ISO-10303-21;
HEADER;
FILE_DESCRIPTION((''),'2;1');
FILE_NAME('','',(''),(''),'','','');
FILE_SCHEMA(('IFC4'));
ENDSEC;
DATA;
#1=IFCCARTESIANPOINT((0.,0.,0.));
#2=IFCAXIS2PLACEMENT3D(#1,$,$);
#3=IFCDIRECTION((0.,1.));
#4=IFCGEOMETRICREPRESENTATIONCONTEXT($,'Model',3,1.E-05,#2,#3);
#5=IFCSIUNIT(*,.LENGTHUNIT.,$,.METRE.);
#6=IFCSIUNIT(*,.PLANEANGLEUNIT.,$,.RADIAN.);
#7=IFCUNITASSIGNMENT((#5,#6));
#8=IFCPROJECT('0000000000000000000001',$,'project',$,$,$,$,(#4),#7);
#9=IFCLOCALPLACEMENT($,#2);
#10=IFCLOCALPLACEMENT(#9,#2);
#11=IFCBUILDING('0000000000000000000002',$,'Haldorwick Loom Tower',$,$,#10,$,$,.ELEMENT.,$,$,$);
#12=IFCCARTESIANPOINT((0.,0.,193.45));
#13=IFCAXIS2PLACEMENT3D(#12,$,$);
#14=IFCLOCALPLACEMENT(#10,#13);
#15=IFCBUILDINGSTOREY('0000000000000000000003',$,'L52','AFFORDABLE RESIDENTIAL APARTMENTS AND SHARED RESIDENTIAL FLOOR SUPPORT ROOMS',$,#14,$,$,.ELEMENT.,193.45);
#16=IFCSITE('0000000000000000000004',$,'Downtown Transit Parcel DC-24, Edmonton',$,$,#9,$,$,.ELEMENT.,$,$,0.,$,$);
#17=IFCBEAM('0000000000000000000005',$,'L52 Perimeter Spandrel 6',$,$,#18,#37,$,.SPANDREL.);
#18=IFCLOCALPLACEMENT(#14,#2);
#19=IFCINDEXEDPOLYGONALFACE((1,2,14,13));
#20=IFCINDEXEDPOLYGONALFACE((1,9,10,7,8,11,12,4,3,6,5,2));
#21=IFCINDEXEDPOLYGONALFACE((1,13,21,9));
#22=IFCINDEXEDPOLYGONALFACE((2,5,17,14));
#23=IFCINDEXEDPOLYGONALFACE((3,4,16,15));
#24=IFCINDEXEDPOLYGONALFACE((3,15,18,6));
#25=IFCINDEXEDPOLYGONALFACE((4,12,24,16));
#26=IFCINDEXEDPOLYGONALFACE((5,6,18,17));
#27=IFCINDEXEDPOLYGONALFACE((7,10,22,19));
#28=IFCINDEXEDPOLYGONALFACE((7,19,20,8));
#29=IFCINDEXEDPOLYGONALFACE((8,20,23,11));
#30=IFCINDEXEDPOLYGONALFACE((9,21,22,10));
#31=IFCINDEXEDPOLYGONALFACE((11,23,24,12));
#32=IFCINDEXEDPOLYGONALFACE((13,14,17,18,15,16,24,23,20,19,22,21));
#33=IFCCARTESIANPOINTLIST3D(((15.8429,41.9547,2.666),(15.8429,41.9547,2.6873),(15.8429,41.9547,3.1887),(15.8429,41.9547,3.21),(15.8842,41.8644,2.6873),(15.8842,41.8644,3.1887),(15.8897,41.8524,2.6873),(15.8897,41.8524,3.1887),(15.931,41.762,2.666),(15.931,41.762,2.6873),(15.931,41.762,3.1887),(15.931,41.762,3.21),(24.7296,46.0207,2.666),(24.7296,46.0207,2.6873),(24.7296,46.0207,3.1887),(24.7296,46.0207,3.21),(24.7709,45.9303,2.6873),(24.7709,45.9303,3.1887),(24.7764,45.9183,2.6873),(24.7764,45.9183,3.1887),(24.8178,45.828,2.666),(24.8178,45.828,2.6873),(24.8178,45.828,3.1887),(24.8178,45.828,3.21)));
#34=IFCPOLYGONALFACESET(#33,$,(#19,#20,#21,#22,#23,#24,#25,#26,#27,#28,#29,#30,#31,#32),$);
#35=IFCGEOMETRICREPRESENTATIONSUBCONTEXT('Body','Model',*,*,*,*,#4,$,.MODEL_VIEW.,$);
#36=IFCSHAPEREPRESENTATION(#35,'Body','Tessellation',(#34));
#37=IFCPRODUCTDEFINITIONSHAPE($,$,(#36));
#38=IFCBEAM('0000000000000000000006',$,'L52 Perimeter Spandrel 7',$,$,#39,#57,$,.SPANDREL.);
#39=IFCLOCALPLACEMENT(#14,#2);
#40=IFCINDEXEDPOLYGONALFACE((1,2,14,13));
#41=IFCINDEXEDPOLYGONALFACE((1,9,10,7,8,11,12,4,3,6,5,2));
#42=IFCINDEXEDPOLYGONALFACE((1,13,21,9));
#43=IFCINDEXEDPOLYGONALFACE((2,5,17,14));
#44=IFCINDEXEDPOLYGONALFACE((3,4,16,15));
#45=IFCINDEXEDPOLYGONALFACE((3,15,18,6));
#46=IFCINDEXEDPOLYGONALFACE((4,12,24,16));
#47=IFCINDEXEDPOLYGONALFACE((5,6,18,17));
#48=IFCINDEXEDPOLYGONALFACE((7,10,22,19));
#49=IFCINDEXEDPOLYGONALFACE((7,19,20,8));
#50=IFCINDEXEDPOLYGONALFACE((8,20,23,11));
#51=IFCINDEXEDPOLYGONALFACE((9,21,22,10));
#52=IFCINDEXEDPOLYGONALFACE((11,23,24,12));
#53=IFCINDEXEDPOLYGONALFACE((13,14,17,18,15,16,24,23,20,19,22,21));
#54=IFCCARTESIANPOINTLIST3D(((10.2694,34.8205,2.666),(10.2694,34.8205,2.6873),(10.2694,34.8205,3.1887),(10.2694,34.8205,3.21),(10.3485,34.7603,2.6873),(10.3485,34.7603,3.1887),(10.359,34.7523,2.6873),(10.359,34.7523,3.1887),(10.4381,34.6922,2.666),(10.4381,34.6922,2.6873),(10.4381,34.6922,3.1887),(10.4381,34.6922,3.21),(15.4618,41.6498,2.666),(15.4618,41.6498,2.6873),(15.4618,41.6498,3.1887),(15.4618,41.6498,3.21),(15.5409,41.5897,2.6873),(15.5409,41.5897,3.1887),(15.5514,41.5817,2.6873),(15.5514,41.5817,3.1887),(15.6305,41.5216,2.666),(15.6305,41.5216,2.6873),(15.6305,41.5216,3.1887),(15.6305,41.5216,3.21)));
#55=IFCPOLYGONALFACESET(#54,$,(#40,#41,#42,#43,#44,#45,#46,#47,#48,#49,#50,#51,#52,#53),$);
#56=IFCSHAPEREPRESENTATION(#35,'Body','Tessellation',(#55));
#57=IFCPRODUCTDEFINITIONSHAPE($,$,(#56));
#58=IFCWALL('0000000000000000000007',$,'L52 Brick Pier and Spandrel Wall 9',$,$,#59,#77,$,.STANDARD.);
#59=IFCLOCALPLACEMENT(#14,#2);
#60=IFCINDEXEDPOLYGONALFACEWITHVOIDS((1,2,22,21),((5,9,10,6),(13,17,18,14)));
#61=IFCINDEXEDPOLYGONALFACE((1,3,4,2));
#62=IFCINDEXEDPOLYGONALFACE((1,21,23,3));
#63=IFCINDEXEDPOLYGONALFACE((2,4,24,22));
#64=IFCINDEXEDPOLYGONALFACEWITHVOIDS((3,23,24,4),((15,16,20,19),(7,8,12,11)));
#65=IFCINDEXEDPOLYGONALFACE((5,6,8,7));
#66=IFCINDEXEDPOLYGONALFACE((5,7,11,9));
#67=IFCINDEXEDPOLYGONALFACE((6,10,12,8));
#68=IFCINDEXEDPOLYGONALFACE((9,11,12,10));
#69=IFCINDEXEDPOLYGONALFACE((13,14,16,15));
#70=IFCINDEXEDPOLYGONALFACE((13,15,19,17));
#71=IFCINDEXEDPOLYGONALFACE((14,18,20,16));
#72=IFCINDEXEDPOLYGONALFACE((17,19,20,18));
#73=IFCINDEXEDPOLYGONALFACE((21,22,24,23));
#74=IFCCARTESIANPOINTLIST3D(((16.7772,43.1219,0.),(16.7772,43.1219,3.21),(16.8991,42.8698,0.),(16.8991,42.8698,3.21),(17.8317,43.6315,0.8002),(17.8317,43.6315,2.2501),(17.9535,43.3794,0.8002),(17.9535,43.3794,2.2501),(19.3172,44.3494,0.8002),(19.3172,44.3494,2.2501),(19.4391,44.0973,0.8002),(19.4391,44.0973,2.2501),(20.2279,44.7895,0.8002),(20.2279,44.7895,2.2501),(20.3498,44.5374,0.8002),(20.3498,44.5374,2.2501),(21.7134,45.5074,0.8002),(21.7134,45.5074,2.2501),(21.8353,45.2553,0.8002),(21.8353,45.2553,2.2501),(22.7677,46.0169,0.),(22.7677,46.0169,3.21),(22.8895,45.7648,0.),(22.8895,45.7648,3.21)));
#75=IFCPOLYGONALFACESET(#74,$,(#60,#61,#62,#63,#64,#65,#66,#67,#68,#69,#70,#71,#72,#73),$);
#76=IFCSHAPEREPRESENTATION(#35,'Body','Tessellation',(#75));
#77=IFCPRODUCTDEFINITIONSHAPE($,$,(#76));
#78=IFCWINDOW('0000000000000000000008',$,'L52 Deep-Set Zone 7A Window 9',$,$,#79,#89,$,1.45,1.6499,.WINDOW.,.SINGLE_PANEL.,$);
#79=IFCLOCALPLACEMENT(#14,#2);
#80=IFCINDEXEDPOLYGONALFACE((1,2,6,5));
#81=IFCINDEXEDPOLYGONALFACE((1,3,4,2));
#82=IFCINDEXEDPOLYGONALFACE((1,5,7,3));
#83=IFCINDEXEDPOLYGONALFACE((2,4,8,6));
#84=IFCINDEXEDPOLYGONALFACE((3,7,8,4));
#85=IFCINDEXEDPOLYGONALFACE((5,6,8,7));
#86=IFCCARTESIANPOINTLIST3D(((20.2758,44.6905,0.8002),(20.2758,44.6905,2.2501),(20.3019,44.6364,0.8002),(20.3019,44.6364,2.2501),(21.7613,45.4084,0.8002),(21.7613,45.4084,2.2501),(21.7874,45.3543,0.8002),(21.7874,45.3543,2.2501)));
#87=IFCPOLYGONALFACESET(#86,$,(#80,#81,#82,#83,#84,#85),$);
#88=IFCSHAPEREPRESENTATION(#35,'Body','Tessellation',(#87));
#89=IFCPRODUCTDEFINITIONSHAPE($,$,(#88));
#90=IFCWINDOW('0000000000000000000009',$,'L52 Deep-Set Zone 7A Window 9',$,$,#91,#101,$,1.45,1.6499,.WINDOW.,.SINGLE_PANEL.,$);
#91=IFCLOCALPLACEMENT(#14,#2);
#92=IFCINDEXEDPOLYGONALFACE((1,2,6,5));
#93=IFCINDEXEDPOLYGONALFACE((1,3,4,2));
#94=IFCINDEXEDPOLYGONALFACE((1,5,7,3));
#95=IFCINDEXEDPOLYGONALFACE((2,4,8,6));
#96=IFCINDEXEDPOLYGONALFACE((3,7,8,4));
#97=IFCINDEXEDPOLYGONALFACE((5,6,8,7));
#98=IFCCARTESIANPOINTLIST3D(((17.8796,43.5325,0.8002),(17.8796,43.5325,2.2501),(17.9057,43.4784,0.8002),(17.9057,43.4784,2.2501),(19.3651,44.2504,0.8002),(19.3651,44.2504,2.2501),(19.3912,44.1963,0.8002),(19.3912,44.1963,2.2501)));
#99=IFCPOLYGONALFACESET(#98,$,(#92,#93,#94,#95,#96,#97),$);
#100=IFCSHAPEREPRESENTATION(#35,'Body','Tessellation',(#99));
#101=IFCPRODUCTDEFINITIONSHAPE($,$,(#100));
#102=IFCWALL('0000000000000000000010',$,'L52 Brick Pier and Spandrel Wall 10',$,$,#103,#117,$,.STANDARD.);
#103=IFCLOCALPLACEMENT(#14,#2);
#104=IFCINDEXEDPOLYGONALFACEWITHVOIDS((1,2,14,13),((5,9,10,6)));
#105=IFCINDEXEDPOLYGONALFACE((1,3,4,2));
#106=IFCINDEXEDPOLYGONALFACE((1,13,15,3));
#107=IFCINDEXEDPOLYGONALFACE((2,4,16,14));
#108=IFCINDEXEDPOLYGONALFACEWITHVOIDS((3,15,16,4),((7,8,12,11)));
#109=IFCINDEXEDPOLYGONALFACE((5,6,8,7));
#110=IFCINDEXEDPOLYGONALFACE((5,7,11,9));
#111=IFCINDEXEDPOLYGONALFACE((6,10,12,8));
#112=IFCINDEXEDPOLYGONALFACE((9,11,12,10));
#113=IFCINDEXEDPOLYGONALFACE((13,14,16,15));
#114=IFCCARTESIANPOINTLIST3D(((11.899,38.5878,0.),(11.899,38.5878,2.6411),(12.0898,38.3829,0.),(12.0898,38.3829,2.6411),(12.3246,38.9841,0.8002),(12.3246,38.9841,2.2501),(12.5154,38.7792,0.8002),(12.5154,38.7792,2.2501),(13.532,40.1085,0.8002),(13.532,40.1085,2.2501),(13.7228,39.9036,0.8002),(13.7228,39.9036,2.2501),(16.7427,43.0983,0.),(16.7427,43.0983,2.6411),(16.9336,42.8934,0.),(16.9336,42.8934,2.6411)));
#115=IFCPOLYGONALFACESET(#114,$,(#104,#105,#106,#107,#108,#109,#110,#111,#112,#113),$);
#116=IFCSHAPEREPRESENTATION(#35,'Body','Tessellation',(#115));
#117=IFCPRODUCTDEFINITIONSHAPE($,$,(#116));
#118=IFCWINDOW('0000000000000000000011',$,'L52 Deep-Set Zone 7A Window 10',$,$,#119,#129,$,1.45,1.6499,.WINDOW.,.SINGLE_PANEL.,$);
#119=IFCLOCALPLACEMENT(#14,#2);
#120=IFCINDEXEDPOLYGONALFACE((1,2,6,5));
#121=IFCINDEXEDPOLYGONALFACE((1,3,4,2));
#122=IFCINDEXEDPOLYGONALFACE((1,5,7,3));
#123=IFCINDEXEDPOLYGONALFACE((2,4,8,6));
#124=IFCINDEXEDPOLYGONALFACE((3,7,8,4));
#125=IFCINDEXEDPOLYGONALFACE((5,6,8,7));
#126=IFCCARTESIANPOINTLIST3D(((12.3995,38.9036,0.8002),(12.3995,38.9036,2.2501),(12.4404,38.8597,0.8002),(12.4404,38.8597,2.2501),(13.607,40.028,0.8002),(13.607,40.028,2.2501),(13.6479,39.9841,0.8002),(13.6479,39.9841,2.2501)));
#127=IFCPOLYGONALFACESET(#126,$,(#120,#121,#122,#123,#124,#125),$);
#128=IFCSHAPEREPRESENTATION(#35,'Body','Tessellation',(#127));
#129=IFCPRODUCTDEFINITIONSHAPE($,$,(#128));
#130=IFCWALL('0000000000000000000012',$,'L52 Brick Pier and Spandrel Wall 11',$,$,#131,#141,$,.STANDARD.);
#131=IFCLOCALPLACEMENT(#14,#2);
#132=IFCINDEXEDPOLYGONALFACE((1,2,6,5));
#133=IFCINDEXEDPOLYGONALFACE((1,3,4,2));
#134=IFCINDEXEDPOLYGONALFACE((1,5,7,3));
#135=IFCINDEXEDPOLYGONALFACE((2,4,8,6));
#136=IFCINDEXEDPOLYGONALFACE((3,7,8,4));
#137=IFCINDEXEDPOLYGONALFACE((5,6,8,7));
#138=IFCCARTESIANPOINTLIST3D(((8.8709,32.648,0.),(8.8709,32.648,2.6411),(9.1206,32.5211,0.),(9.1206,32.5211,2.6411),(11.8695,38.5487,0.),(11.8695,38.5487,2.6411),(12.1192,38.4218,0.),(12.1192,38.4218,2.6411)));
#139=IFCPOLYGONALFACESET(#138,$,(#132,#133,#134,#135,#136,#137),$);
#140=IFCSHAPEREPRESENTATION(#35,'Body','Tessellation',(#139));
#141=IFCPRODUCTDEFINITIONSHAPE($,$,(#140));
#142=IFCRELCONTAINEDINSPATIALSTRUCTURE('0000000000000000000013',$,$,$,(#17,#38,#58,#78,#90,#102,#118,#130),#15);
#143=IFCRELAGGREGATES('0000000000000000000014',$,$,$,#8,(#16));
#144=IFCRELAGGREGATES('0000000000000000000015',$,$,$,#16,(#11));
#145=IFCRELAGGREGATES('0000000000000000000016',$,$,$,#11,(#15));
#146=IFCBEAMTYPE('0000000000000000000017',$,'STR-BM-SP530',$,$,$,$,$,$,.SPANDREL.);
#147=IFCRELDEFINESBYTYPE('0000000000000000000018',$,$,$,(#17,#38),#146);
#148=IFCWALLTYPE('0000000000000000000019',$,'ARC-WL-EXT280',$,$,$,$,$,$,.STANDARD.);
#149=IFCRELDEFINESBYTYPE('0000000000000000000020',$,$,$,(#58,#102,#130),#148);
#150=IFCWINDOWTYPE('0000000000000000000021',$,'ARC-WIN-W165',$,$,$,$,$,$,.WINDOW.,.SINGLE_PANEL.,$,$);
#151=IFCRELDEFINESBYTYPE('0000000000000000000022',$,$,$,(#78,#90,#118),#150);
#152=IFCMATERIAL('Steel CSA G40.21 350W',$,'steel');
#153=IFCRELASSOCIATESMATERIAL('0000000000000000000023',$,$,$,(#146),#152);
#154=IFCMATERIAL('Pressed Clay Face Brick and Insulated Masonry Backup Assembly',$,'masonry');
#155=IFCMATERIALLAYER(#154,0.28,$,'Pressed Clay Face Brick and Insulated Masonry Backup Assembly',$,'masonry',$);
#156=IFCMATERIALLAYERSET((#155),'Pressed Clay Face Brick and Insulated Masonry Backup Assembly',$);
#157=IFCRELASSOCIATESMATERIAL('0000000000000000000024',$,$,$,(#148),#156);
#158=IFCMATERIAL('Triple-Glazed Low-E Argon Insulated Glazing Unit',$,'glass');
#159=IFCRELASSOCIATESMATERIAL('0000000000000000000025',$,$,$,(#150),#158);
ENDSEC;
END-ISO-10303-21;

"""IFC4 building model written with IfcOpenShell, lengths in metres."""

from ifc_helpers import new_model, si_unit, direction, frame, frame_2d, origin, origin_2d, place, context, subcontext, project, spatial, rectangle, i_section, extrude, material, layer, layer_set, material_profile, profile_set, type_object, element, fill, save


model = new_model("IFC4")

# Units and contexts
model_context = context("Model", 3, precision=1e-05, world=origin(), true_north=direction((0.0, 1.0)))
body_context = subcontext(model_context, "Body", "Model", "MODEL_VIEW")
ifc_project = project(units=[si_unit("LENGTHUNIT", "METRE"), si_unit("PLANEANGLEUNIT", "RADIAN")], contexts=[model_context])

# Site, building, storey
site_placement = place(None, origin())
site = spatial("IfcSite", under=ifc_project, at=site_placement, Name="Downtown Transit Parcel DC-24, Edmonton", CompositionType="ELEMENT", RefElevation=0.0)
building_placement = place(site_placement, origin())
building = spatial("IfcBuilding", under=site, at=building_placement, Name="Haldorwick Loom Tower", CompositionType="ELEMENT")
storey_placement = place(building_placement, frame((0.0, 0.0, 193.45)))
storey = spatial("IfcBuildingStorey", under=building, at=storey_placement, Name="L52", Description="AFFORDABLE RESIDENTIAL APARTMENTS AND SHARED RESIDENTIAL FLOOR SUPPORT ROOMS", CompositionType="ELEMENT", Elevation=193.45)

# Shared definitions
ifc_material_1 = material(Name="Steel CSA G40.21 350W", Category="steel")

# Beams
ifc_material_profile_1 = material_profile(ifc_material_1, i_section(OverallWidth=0.2119, OverallDepth=0.5439, WebThickness=0.0132, FlangeThickness=0.0212, at=origin_2d()), Name="W530X123", Category="steel")
ifc_profile_set_1 = profile_set([ifc_material_profile_1], Name="Steel CSA G40.21 350W")
beam_type_1 = type_object("IfcBeamType", Name="STR-BM-SP530", PredefinedType="SPANDREL", material=ifc_profile_set_1)
beam_1_placement = place(storey_placement, frame((24.7737, 45.9243, 2.938), z_axis=(-0.909342, -0.416049, 0.0), x_axis=(0.416049, -0.909342, 0.0)))
element("IfcBeam", 1, at=beam_1_placement, inside=storey, type_object=beam_type_1, Name="L52 Perimeter Spandrel 6", PredefinedType="SPANDREL", context=body_context, shape_type="SweptSolid", body=[
    extrude(i_section(OverallWidth=0.2119, OverallDepth=0.5439, WebThickness=0.0132, FlangeThickness=0.0212, at=origin_2d()), origin(), (0.0, 0.0, 1.0), 9.7727),
])
beam_2_placement = place(storey_placement, frame((15.5461, 41.5857, 2.938), z_axis=(-0.605237, -0.796045, 0.0), x_axis=(0.796045, -0.605237, 0.0)))
element("IfcBeam", 2, at=beam_2_placement, inside=storey, type_object=beam_type_1, Name="L52 Perimeter Spandrel 7", PredefinedType="SPANDREL", context=body_context, shape_type="SweptSolid", body=[
    extrude(i_section(OverallWidth=0.2119, OverallDepth=0.5439, WebThickness=0.0132, FlangeThickness=0.0212, at=origin_2d()), origin(), (0.0, 0.0, 1.0), 8.5791),
])

# Wall, openings, windows
ifc_material_2 = material(Name="Pressed Clay Face Brick and Insulated Masonry Backup Assembly", Category="masonry")
ifc_layer_1 = layer(ifc_material_2, 0.28, Name="Pressed Clay Face Brick and Insulated Masonry Backup Assembly", Category="masonry")
ifc_layer_set_1 = layer_set([ifc_layer_1], Name="Pressed Clay Face Brick and Insulated Masonry Backup Assembly")
wall_type_1 = type_object("IfcWallType", Name="ARC-WL-EXT280", PredefinedType="STANDARD", material=ifc_layer_set_1)
wall_1_placement = place(storey_placement, frame((22.8286, 45.8909, 0.0), z_axis=(0.0, 0.0, 1.0), x_axis=(-0.900371, -0.435123, 0.0)))
wall_1 = element("IfcWall", 3, at=wall_1_placement, inside=storey, type_object=wall_type_1, Name="L52 Brick Pier and Spandrel Wall 9", PredefinedType="STANDARD", context=body_context, shape_type="SweptSolid", body=[
    extrude(rectangle(XDim=6.6533, YDim=0.28, at=frame_2d((3.3267, 0.0))), origin(), (0.0, 0.0, 1.0), 3.21),
])
opening_1_placement = place(wall_1_placement, frame((1.1709, 0.0, 0.8)))
opening_1 = element("IfcOpeningElement", 4, at=opening_1_placement, cuts=wall_1, PredefinedType="OPENING", context=body_context, shape_type="SweptSolid", body=[
    extrude(rectangle(XDim=1.6499, YDim=1.45, at=frame_2d((0.825, 0.7251))), frame((0.0, 0.1499, 0.0), z_axis=(0.0, -1.0, 0.0), x_axis=(1.0, 0.0, 0.0)), (0.0, 0.0, 1.0), 0.3),
])
opening_2_placement = place(wall_1_placement, frame((3.8323, 0.0, 0.8)))
opening_2 = element("IfcOpeningElement", 5, at=opening_2_placement, cuts=wall_1, PredefinedType="OPENING", context=body_context, shape_type="SweptSolid", body=[
    extrude(rectangle(XDim=1.6499, YDim=1.45, at=frame_2d((0.825, 0.7251))), frame((0.0, 0.1499, 0.0), z_axis=(0.0, -1.0, 0.0), x_axis=(1.0, 0.0, 0.0)), (0.0, 0.0, 1.0), 0.3),
])
ifc_material_3 = material(Name="Triple-Glazed Low-E Argon Insulated Glazing Unit", Category="glass")
window_type = type_object("IfcWindowType", Name="ARC-WIN-W165", PartitioningType="SINGLE_PANEL", PredefinedType="WINDOW", material=ifc_material_3)
window_1_placement = place(opening_1_placement, origin())
window_1 = element("IfcWindow", 6, at=window_1_placement, inside=storey, type_object=window_type, Name="L52 Deep-Set Zone 7A Window 9", OverallHeight=1.45, OverallWidth=1.6499, PartitioningType="SINGLE_PANEL", PredefinedType="WINDOW", context=body_context, shape_type="SweptSolid", body=[
    extrude(rectangle(XDim=1.6499, YDim=1.45, at=frame_2d((0.825, 0.7251))), frame((0.0, 0.03, 0.0), z_axis=(0.0, -1.0, 0.0), x_axis=(1.0, 0.0, 0.0)), (0.0, 0.0, 1.0), 0.0601),
])
fill(opening_1, window_1)
window_2_placement = place(opening_2_placement, origin())
window_2 = element("IfcWindow", 7, at=window_2_placement, inside=storey, type_object=window_type, Name="L52 Deep-Set Zone 7A Window 9", OverallHeight=1.45, OverallWidth=1.6499, PartitioningType="SINGLE_PANEL", PredefinedType="WINDOW", context=body_context, shape_type="SweptSolid", body=[
    extrude(rectangle(XDim=1.6499, YDim=1.45, at=frame_2d((0.825, 0.7251))), frame((0.0, 0.03, 0.0), z_axis=(0.0, -1.0, 0.0), x_axis=(1.0, 0.0, 0.0)), (0.0, 0.0, 1.0), 0.0601),
])
fill(opening_2, window_2)

# Wall, opening, window
wall_2_placement = place(storey_placement, frame((16.8381, 42.9958, 0.0), z_axis=(0.0, 0.0, 1.0), x_axis=(-0.731834, -0.681483, 0.0)))
wall_2 = element("IfcWall", 8, at=wall_2_placement, inside=storey, type_object=wall_type_1, Name="L52 Brick Pier and Spandrel Wall 10", PredefinedType="STANDARD", context=body_context, shape_type="SweptSolid", body=[
    extrude(rectangle(XDim=6.6187, YDim=0.28, at=frame_2d((3.3093, 0.0))), origin(), (0.0, 0.0, 1.0), 2.6411),
])
opening_3_placement = place(wall_2_placement, frame((4.3872, 0.0, 0.8)))
opening_3 = element("IfcOpeningElement", 9, at=opening_3_placement, cuts=wall_2, PredefinedType="OPENING", context=body_context, shape_type="SweptSolid", body=[
    extrude(rectangle(XDim=1.6499, YDim=1.45, at=frame_2d((0.825, 0.7251))), frame((0.0, 0.1499, 0.0), z_axis=(0.0, -1.0, 0.0), x_axis=(1.0, 0.0, 0.0)), (0.0, 0.0, 1.0), 0.3),
])
window_3_placement = place(opening_3_placement, origin())
window_3 = element("IfcWindow", 10, at=window_3_placement, inside=storey, type_object=window_type, Name="L52 Deep-Set Zone 7A Window 10", OverallHeight=1.45, OverallWidth=1.6499, PartitioningType="SINGLE_PANEL", PredefinedType="WINDOW", context=body_context, shape_type="SweptSolid", body=[
    extrude(rectangle(XDim=1.6499, YDim=1.45, at=frame_2d((0.825, 0.7251))), frame((0.0, 0.03, 0.0), z_axis=(0.0, -1.0, 0.0), x_axis=(1.0, 0.0, 0.0)), (0.0, 0.0, 1.0), 0.0601),
])
fill(opening_3, window_3)

# Wall
wall_3_placement = place(storey_placement, frame((11.9944, 38.4854, 0.0), z_axis=(0.0, 0.0, 1.0), x_axis=(-0.453032, -0.891494, 0.0)))
element("IfcWall", 11, at=wall_3_placement, inside=storey, type_object=wall_type_1, Name="L52 Brick Pier and Spandrel Wall 11", PredefinedType="STANDARD", context=body_context, shape_type="SweptSolid", body=[
    extrude(rectangle(XDim=6.6189, YDim=0.28, at=frame_2d((3.3096, 0.0))), origin(), (0.0, 0.0, 1.0), 2.6411),
])

save(model, "model.ifc")
